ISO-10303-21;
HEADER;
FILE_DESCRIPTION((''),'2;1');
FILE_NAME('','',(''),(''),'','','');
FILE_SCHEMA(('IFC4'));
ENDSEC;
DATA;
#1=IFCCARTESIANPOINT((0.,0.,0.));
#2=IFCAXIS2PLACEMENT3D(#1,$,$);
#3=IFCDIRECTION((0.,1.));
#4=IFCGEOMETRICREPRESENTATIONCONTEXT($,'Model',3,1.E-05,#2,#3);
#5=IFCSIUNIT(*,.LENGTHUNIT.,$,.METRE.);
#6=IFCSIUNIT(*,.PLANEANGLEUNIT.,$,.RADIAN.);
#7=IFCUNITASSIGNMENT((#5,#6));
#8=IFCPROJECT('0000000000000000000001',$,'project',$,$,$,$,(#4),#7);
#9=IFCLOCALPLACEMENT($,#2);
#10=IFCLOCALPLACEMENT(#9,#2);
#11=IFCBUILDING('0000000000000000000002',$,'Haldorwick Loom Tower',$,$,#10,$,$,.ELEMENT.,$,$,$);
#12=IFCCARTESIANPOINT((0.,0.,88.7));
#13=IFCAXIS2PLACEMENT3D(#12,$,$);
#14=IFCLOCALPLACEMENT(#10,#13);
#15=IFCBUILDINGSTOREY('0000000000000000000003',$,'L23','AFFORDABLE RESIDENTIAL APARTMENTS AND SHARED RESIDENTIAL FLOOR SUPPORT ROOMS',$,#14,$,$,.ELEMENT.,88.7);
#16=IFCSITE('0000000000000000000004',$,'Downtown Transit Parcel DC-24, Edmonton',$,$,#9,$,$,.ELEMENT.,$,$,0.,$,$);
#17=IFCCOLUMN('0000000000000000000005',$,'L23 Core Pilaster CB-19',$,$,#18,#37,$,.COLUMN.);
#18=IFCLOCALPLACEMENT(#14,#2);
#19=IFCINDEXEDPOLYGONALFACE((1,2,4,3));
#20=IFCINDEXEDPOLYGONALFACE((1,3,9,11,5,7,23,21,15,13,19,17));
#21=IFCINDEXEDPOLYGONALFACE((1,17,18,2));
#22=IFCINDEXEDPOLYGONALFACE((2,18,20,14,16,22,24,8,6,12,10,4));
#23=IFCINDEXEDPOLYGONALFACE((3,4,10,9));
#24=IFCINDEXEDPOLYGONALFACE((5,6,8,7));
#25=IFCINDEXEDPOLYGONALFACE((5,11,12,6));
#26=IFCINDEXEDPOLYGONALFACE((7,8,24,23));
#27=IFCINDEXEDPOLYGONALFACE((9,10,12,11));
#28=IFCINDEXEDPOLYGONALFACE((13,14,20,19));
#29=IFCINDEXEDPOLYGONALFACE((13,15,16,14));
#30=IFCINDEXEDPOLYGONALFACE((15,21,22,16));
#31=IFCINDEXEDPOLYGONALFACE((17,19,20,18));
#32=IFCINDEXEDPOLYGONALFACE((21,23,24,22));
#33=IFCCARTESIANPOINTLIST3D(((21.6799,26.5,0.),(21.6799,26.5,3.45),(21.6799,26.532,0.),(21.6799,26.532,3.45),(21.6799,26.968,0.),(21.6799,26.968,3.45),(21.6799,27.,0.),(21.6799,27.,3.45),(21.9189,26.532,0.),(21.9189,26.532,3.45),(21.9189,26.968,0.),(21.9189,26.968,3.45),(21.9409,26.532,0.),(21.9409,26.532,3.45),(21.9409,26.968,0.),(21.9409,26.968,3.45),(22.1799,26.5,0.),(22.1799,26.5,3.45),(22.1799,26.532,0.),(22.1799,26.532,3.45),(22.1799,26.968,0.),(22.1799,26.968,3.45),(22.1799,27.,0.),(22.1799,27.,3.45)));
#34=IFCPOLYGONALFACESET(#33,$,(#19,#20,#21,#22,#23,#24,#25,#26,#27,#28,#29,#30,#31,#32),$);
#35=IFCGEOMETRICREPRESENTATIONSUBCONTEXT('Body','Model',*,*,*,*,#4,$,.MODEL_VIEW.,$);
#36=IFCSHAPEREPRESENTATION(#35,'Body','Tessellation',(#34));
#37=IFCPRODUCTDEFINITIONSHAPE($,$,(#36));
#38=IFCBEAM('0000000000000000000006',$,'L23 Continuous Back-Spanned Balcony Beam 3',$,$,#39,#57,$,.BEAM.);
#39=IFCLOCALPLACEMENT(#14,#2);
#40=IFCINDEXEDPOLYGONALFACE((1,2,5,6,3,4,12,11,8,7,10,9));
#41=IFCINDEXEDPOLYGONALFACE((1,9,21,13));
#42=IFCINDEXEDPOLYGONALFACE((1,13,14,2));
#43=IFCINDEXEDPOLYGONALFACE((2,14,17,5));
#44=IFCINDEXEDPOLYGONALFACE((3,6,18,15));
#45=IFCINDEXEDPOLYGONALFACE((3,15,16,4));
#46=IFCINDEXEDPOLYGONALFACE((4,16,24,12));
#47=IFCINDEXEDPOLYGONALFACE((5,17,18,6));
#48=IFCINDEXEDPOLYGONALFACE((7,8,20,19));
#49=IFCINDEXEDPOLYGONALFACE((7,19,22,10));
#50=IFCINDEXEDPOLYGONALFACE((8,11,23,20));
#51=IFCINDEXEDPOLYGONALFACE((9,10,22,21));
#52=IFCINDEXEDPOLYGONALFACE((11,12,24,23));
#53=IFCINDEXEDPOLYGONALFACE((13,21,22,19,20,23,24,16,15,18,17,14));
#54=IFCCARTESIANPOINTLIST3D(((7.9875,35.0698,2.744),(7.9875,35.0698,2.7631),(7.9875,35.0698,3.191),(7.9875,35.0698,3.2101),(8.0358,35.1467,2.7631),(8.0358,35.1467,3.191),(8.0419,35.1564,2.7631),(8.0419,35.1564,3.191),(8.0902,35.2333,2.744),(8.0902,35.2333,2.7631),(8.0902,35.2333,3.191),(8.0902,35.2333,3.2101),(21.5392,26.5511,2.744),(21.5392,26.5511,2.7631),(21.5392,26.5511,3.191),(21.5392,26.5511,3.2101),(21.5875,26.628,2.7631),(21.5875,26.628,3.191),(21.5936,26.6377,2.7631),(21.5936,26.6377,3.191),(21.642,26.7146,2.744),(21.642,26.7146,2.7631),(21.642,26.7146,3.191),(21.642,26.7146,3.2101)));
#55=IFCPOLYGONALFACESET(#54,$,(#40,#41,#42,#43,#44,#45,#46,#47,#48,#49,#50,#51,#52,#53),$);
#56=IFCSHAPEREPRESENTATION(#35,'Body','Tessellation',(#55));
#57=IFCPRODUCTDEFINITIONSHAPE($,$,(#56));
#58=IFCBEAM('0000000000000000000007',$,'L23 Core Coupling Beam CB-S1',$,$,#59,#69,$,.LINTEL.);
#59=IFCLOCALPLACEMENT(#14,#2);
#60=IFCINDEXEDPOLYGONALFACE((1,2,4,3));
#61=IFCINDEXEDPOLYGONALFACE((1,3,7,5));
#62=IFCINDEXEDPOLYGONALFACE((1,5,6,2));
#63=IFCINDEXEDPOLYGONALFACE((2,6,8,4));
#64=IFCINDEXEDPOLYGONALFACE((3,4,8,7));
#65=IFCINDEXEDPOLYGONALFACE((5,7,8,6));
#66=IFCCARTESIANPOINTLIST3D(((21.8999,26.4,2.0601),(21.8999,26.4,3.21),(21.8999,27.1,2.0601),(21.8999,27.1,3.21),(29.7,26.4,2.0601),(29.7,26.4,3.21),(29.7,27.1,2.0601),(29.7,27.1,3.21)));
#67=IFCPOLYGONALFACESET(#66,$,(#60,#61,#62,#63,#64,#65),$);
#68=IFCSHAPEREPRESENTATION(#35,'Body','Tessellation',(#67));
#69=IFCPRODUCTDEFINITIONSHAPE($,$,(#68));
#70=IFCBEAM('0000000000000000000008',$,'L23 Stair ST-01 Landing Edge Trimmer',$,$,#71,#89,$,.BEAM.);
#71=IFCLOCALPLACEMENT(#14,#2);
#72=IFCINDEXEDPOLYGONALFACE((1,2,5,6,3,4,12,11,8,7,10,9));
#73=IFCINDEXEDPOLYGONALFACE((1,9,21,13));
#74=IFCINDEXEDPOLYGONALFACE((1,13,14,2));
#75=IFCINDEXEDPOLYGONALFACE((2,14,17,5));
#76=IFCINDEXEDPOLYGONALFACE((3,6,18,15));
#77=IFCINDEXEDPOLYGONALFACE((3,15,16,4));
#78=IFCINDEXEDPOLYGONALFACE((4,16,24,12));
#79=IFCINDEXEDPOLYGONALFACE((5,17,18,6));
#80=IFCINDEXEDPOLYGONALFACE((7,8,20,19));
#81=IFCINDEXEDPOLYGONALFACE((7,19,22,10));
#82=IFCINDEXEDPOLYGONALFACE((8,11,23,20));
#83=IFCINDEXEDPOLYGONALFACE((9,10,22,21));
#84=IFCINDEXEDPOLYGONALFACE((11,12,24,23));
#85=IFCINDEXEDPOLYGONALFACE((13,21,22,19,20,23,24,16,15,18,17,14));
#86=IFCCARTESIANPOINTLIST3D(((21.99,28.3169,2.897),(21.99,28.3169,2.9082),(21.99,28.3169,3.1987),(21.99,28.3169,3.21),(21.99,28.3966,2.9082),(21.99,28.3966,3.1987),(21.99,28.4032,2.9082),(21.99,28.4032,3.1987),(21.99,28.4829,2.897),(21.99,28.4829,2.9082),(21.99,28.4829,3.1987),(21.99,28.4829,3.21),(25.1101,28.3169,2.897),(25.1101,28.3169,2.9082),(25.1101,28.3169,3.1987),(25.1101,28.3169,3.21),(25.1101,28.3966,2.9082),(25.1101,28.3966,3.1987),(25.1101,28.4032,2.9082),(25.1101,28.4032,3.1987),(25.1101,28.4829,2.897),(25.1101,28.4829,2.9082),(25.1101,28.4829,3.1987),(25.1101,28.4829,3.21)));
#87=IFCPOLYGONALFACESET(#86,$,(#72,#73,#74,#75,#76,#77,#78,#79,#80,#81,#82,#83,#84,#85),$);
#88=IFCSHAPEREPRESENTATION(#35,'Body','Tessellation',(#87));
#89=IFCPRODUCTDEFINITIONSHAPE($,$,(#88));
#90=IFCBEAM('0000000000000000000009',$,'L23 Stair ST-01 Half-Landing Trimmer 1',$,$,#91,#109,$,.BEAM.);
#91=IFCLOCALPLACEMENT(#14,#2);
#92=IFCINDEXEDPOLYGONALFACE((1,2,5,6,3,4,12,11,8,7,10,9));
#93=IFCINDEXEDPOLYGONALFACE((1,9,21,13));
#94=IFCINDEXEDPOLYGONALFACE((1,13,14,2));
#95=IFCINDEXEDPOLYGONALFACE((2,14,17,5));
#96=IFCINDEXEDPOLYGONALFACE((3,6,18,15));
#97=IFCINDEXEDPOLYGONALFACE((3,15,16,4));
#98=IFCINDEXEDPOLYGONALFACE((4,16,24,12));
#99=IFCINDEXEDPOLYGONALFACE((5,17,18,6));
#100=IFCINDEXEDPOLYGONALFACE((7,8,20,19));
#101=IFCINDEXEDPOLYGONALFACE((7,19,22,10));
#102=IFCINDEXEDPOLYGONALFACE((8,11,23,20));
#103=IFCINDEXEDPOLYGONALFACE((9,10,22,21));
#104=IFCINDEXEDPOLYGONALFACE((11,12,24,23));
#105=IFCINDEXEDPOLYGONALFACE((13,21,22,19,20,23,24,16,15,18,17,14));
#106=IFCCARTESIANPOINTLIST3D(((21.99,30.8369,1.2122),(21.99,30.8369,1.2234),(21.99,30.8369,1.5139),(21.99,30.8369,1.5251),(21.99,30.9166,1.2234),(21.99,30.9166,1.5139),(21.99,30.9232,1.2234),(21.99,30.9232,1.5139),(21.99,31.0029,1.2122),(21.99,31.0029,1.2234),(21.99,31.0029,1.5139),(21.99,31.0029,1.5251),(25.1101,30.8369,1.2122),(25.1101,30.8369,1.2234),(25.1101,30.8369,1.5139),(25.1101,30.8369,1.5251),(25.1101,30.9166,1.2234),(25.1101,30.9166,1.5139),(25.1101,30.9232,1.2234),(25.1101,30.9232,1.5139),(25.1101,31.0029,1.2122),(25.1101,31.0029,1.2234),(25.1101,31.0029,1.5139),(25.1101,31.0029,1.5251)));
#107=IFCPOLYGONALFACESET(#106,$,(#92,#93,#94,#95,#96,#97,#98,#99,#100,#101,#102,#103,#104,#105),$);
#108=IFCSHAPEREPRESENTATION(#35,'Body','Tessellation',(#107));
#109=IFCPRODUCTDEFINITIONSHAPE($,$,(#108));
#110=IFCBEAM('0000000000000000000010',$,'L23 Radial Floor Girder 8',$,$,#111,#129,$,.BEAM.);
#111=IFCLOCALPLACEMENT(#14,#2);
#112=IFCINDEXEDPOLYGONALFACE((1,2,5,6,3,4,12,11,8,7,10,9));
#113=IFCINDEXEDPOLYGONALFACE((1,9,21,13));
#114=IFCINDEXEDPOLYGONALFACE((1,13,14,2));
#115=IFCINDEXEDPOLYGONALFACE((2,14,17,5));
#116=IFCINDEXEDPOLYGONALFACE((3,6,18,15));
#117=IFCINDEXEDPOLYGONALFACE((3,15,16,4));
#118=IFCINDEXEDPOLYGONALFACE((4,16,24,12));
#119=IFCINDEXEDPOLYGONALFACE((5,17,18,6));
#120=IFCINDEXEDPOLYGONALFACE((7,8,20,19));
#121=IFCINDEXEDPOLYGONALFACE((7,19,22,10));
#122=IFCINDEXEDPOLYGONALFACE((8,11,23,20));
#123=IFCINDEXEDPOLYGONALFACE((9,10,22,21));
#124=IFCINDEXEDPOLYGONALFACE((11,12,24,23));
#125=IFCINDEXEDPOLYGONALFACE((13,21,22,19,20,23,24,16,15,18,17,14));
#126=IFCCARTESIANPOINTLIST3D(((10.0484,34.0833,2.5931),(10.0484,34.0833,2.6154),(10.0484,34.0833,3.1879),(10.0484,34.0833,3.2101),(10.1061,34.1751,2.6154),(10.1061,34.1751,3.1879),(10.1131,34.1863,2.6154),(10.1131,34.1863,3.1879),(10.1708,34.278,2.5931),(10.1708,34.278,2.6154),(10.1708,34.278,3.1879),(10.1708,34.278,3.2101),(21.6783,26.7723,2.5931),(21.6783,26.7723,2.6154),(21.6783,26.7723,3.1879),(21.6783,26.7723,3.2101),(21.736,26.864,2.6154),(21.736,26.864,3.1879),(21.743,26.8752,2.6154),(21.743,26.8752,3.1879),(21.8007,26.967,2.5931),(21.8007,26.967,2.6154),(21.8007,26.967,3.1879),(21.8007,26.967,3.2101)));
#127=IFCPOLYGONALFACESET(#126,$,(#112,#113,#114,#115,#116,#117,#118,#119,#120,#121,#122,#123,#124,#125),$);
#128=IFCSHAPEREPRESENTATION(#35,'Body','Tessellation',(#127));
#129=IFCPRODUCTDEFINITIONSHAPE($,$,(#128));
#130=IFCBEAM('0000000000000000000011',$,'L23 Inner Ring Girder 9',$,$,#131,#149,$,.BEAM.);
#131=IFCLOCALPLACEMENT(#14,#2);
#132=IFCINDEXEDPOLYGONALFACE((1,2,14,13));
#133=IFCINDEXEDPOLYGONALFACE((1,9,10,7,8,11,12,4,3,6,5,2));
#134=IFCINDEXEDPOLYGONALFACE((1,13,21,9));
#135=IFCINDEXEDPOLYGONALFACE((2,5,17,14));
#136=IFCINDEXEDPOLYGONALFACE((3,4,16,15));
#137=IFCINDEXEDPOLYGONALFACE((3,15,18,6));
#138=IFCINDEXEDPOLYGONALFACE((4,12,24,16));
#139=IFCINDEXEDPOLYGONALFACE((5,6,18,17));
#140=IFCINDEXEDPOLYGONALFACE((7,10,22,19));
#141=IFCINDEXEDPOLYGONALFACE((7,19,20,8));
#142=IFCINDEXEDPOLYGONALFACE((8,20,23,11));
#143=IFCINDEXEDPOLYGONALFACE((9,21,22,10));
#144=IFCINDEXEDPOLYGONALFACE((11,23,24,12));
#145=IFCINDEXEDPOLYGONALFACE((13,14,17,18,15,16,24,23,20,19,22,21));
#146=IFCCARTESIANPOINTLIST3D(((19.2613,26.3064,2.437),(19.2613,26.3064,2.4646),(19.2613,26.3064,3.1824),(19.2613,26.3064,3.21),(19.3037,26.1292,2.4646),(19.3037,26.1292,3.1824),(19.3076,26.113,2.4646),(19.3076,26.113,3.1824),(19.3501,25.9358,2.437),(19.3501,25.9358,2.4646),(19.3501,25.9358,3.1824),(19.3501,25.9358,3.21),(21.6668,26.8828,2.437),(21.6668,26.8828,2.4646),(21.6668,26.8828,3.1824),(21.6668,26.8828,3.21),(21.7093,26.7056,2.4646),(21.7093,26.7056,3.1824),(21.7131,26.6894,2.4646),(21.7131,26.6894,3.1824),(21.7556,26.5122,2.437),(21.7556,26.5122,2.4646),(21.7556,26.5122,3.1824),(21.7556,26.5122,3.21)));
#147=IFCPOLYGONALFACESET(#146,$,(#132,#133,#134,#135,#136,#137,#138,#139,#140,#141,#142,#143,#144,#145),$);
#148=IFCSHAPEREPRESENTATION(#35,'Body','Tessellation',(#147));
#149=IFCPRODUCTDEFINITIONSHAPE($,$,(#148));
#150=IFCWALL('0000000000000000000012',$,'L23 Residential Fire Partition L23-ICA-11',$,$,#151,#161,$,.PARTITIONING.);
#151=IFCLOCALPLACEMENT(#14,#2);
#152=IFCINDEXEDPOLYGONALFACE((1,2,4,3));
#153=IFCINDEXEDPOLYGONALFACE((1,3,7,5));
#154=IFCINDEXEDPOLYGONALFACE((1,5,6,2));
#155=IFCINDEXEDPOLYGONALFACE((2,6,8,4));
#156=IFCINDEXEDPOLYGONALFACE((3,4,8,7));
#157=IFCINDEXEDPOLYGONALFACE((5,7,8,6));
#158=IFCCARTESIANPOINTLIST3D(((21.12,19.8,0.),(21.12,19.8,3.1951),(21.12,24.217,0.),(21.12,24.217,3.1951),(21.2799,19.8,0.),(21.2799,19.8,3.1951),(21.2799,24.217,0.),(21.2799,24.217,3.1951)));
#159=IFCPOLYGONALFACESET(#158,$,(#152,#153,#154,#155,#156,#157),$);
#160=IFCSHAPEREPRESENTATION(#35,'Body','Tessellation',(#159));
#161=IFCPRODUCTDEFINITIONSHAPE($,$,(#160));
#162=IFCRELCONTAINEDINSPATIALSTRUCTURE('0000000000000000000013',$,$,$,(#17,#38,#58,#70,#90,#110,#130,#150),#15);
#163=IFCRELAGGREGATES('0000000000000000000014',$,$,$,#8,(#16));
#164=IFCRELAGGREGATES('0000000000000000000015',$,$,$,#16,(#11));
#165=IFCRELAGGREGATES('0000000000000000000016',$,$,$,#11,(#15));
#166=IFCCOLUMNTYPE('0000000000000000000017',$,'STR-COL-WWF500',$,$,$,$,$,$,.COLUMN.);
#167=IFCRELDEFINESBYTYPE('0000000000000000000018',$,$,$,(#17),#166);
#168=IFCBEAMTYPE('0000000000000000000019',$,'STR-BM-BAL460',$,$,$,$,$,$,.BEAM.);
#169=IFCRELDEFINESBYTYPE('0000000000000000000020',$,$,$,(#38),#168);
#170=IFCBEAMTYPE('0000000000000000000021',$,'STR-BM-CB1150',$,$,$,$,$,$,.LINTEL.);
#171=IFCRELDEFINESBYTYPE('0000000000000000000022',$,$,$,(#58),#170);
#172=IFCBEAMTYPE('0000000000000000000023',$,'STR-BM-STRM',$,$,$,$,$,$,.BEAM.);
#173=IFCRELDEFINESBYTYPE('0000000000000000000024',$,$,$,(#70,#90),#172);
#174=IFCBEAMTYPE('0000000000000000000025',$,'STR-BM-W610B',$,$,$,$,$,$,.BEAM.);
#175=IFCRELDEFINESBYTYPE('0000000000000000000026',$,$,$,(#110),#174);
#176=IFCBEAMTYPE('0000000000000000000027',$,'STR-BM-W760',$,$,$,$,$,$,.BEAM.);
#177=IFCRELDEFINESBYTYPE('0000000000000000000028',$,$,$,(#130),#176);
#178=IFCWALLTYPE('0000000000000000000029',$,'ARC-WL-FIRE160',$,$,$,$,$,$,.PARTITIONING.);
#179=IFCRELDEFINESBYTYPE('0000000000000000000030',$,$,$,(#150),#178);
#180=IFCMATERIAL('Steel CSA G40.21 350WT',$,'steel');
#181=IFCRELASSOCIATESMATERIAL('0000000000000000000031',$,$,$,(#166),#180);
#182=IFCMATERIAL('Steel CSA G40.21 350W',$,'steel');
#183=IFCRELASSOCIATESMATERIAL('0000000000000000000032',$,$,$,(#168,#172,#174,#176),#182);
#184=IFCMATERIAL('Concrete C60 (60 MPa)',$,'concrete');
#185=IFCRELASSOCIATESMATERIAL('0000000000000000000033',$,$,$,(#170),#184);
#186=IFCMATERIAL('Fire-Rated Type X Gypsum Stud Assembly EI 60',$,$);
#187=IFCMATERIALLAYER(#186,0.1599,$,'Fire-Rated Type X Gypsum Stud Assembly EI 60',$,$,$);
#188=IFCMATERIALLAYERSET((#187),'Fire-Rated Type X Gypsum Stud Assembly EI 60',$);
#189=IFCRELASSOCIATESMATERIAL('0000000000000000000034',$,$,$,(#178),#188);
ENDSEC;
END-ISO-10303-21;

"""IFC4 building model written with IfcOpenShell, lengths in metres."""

from ifc_helpers import new_model, si_unit, direction, frame, frame_2d, origin, origin_2d, place, context, subcontext, project, spatial, rectangle, i_section, extrude, material, layer, layer_set, material_profile, profile_set, type_object, element, save


model = new_model("IFC4")

# Units and contexts
model_context = context("Model", 3, precision=1e-05, world=origin(), true_north=direction((0.0, 1.0)))
body_context = subcontext(model_context, "Body", "Model", "MODEL_VIEW")
ifc_project = project(units=[si_unit("LENGTHUNIT", "METRE"), si_unit("PLANEANGLEUNIT", "RADIAN")], contexts=[model_context])

# Site, building, storey
site_placement = place(None, origin())
site = spatial("IfcSite", under=ifc_project, at=site_placement, Name="Downtown Transit Parcel DC-24, Edmonton", CompositionType="ELEMENT", RefElevation=0.0)
building_placement = place(site_placement, origin())
building = spatial("IfcBuilding", under=site, at=building_placement, Name="Haldorwick Loom Tower", CompositionType="ELEMENT")
storey_placement = place(building_placement, frame((0.0, 0.0, 88.7)))
storey = spatial("IfcBuildingStorey", under=building, at=storey_placement, Name="L23", Description="AFFORDABLE RESIDENTIAL APARTMENTS AND SHARED RESIDENTIAL FLOOR SUPPORT ROOMS", CompositionType="ELEMENT", Elevation=88.7)

# Column
ifc_material_1 = material(Name="Steel CSA G40.21 350WT", Category="steel")
ifc_material_profile_1 = material_profile(ifc_material_1, i_section(OverallWidth=0.5, OverallDepth=0.5, WebThickness=0.022, FlangeThickness=0.032, at=origin_2d()), Name="WWF500X500", Category="steel")
ifc_profile_set_1 = profile_set([ifc_material_profile_1], Name="Steel CSA G40.21 350WT")
column_type = type_object("IfcColumnType", Name="STR-COL-WWF500", PredefinedType="COLUMN", material=ifc_profile_set_1)
column_placement = place(storey_placement, frame((21.9299, 26.75, 0.0), z_axis=(0.0, 0.0, 1.0), x_axis=(1.0, 0.0, 0.0)))
element("IfcColumn", 1, at=column_placement, inside=storey, type_object=column_type, Name="L23 Core Pilaster CB-19", PredefinedType="COLUMN", context=body_context, shape_type="SweptSolid", body=[
    extrude(i_section(OverallWidth=0.5, OverallDepth=0.5, WebThickness=0.022, FlangeThickness=0.032, at=origin_2d()), origin(), (0.0, 0.0, 1.0), 3.45),
])

# Beams
ifc_material_2 = material(Name="Steel CSA G40.21 350W", Category="steel")
ifc_material_profile_2 = material_profile(ifc_material_2, i_section(OverallWidth=0.1931, OverallDepth=0.4661, WebThickness=0.0115, FlangeThickness=0.019, at=origin_2d()), Name="W460X97", Category="steel")
ifc_profile_set_2 = profile_set([ifc_material_profile_2], Name="Steel CSA G40.21 350W")
beam_type_1 = type_object("IfcBeamType", Name="STR-BM-BAL460", PredefinedType="BEAM", material=ifc_profile_set_2)
beam_1_placement = place(storey_placement, frame((21.5906, 26.6328, 2.9771), z_axis=(-0.846621, 0.532196, 0.0), x_axis=(-0.532196, -0.846621, 0.0)))
element("IfcBeam", 2, at=beam_1_placement, inside=storey, type_object=beam_type_1, Name="L23 Continuous Back-Spanned Balcony Beam 3", PredefinedType="BEAM", context=body_context, shape_type="SweptSolid", body=[
    extrude(i_section(OverallWidth=0.1931, OverallDepth=0.4661, WebThickness=0.0115, FlangeThickness=0.019, at=origin_2d()), origin(), (0.0, 0.0, 1.0), 16.0068),
])
ifc_material_3 = material(Name="Concrete C60 (60 MPa)", Category="concrete")
ifc_material_profile_3 = material_profile(ifc_material_3, rectangle(XDim=0.7, YDim=1.1499, at=origin_2d()), Name="RC700X1150", Category="concrete")
ifc_profile_set_3 = profile_set([ifc_material_profile_3], Name="Concrete C60 (60 MPa)")
beam_type_2 = type_object("IfcBeamType", Name="STR-BM-CB1150", PredefinedType="LINTEL", material=ifc_profile_set_3)
beam_2_placement = place(storey_placement, frame((21.8999, 26.75, 2.635), z_axis=(1.0, 0.0, 0.0), x_axis=(0.0, 1.0, 0.0)))
element("IfcBeam", 3, at=beam_2_placement, inside=storey, type_object=beam_type_2, Name="L23 Core Coupling Beam CB-S1", PredefinedType="LINTEL", context=body_context, shape_type="SweptSolid", body=[
    extrude(rectangle(XDim=0.7, YDim=1.1499, at=origin_2d()), origin(), (0.0, 0.0, 1.0), 7.8),
])
ifc_material_profile_4 = material_profile(ifc_material_2, i_section(OverallWidth=0.166, OverallDepth=0.313, WebThickness=0.0066, FlangeThickness=0.0112, at=origin_2d()), Name="W310X45", Category="steel")
ifc_profile_set_4 = profile_set([ifc_material_profile_4], Name="Steel CSA G40.21 350W")
beam_type_3 = type_object("IfcBeamType", Name="STR-BM-STRM", PredefinedType="BEAM", material=ifc_profile_set_4)
for number, where, z_axis, x_axis, name in (
    (4, (21.99, 28.3999, 3.0535), (1.0, 0.0, 0.0), (0.0, 1.0, 0.0), "L23 Stair ST-01 Landing Edge Trimmer"),
    (5, (21.99, 30.9199, 1.3687), (1.0, 0.0, 0.0), (0.0, 1.0, 0.0), "L23 Stair ST-01 Half-Landing Trimmer 1"),
):
    element("IfcBeam", number, at=place(storey_placement, frame(where, z_axis=z_axis, x_axis=x_axis)), inside=storey, type_object=beam_type_3, Name=name, PredefinedType="BEAM", context=body_context, shape_type="SweptSolid", body=[
        extrude(i_section(OverallWidth=0.166, OverallDepth=0.313, WebThickness=0.0066, FlangeThickness=0.0112, at=origin_2d()), origin(), (0.0, 0.0, 1.0), 3.1201),
    ])
ifc_material_profile_5 = material_profile(ifc_material_2, i_section(OverallWidth=0.23, OverallDepth=0.6169, WebThickness=0.0132, FlangeThickness=0.0222, at=origin_2d()), Name="W610X140", Category="steel")
ifc_profile_set_5 = profile_set([ifc_material_profile_5], Name="Steel CSA G40.21 350W")
beam_type_4 = type_object("IfcBeamType", Name="STR-BM-W610B", PredefinedType="BEAM", material=ifc_profile_set_5)
beam_3_placement = place(storey_placement, frame((21.7395, 26.8696, 2.9016), z_axis=(-0.84661, 0.532214, 0.0), x_axis=(-0.532214, -0.84661, 0.0)))
element("IfcBeam", 6, at=beam_3_placement, inside=storey, type_object=beam_type_4, Name="L23 Radial Floor Girder 8", PredefinedType="BEAM", context=body_context, shape_type="SweptSolid", body=[
    extrude(i_section(OverallWidth=0.23, OverallDepth=0.6169, WebThickness=0.0132, FlangeThickness=0.0222, at=origin_2d()), origin(), (0.0, 0.0, 1.0), 13.7371),
])
ifc_material_profile_6 = material_profile(ifc_material_2, i_section(OverallWidth=0.3811, OverallDepth=0.7729, WebThickness=0.0166, FlangeThickness=0.0276, at=origin_2d()), Name="W760X257", Category="steel")
ifc_profile_set_6 = profile_set([ifc_material_profile_6], Name="Steel CSA G40.21 350W")
beam_type_5 = type_object("IfcBeamType", Name="STR-BM-W760", PredefinedType="BEAM", material=ifc_profile_set_6)
beam_4_placement = place(storey_placement, frame((19.3057, 26.1211, 2.8235), z_axis=(0.972471, 0.233026, 0.0), x_axis=(-0.233026, 0.972471, 0.0)))
element("IfcBeam", 7, at=beam_4_placement, inside=storey, type_object=beam_type_5, Name="L23 Inner Ring Girder 9", PredefinedType="BEAM", context=body_context, shape_type="SweptSolid", body=[
    extrude(i_section(OverallWidth=0.3811, OverallDepth=0.7729, WebThickness=0.0166, FlangeThickness=0.0276, at=origin_2d()), origin(), (0.0, 0.0, 1.0), 2.4736),
])

# Wall
ifc_material_4 = material(Name="Fire-Rated Type X Gypsum Stud Assembly EI 60")
ifc_layer_1 = layer(ifc_material_4, 0.1599, Name="Fire-Rated Type X Gypsum Stud Assembly EI 60")
ifc_layer_set_1 = layer_set([ifc_layer_1], Name="Fire-Rated Type X Gypsum Stud Assembly EI 60")
wall_type_1 = type_object("IfcWallType", Name="ARC-WL-FIRE160", PredefinedType="PARTITIONING", material=ifc_layer_set_1)
wall_1_placement = place(storey_placement, frame((21.2, 24.217, 0.0), z_axis=(0.0, 0.0, 1.0), x_axis=(0.0, -1.0, 0.0)))
element("IfcWall", 8, at=wall_1_placement, inside=storey, type_object=wall_type_1, Name="L23 Residential Fire Partition L23-ICA-11", PredefinedType="PARTITIONING", context=body_context, shape_type="SweptSolid", body=[
    extrude(rectangle(XDim=4.417, YDim=0.1599, at=frame_2d((2.2085, 0.0))), origin(), (0.0, 0.0, 1.0), 3.1951),
])

save(model, "model.ifc")
